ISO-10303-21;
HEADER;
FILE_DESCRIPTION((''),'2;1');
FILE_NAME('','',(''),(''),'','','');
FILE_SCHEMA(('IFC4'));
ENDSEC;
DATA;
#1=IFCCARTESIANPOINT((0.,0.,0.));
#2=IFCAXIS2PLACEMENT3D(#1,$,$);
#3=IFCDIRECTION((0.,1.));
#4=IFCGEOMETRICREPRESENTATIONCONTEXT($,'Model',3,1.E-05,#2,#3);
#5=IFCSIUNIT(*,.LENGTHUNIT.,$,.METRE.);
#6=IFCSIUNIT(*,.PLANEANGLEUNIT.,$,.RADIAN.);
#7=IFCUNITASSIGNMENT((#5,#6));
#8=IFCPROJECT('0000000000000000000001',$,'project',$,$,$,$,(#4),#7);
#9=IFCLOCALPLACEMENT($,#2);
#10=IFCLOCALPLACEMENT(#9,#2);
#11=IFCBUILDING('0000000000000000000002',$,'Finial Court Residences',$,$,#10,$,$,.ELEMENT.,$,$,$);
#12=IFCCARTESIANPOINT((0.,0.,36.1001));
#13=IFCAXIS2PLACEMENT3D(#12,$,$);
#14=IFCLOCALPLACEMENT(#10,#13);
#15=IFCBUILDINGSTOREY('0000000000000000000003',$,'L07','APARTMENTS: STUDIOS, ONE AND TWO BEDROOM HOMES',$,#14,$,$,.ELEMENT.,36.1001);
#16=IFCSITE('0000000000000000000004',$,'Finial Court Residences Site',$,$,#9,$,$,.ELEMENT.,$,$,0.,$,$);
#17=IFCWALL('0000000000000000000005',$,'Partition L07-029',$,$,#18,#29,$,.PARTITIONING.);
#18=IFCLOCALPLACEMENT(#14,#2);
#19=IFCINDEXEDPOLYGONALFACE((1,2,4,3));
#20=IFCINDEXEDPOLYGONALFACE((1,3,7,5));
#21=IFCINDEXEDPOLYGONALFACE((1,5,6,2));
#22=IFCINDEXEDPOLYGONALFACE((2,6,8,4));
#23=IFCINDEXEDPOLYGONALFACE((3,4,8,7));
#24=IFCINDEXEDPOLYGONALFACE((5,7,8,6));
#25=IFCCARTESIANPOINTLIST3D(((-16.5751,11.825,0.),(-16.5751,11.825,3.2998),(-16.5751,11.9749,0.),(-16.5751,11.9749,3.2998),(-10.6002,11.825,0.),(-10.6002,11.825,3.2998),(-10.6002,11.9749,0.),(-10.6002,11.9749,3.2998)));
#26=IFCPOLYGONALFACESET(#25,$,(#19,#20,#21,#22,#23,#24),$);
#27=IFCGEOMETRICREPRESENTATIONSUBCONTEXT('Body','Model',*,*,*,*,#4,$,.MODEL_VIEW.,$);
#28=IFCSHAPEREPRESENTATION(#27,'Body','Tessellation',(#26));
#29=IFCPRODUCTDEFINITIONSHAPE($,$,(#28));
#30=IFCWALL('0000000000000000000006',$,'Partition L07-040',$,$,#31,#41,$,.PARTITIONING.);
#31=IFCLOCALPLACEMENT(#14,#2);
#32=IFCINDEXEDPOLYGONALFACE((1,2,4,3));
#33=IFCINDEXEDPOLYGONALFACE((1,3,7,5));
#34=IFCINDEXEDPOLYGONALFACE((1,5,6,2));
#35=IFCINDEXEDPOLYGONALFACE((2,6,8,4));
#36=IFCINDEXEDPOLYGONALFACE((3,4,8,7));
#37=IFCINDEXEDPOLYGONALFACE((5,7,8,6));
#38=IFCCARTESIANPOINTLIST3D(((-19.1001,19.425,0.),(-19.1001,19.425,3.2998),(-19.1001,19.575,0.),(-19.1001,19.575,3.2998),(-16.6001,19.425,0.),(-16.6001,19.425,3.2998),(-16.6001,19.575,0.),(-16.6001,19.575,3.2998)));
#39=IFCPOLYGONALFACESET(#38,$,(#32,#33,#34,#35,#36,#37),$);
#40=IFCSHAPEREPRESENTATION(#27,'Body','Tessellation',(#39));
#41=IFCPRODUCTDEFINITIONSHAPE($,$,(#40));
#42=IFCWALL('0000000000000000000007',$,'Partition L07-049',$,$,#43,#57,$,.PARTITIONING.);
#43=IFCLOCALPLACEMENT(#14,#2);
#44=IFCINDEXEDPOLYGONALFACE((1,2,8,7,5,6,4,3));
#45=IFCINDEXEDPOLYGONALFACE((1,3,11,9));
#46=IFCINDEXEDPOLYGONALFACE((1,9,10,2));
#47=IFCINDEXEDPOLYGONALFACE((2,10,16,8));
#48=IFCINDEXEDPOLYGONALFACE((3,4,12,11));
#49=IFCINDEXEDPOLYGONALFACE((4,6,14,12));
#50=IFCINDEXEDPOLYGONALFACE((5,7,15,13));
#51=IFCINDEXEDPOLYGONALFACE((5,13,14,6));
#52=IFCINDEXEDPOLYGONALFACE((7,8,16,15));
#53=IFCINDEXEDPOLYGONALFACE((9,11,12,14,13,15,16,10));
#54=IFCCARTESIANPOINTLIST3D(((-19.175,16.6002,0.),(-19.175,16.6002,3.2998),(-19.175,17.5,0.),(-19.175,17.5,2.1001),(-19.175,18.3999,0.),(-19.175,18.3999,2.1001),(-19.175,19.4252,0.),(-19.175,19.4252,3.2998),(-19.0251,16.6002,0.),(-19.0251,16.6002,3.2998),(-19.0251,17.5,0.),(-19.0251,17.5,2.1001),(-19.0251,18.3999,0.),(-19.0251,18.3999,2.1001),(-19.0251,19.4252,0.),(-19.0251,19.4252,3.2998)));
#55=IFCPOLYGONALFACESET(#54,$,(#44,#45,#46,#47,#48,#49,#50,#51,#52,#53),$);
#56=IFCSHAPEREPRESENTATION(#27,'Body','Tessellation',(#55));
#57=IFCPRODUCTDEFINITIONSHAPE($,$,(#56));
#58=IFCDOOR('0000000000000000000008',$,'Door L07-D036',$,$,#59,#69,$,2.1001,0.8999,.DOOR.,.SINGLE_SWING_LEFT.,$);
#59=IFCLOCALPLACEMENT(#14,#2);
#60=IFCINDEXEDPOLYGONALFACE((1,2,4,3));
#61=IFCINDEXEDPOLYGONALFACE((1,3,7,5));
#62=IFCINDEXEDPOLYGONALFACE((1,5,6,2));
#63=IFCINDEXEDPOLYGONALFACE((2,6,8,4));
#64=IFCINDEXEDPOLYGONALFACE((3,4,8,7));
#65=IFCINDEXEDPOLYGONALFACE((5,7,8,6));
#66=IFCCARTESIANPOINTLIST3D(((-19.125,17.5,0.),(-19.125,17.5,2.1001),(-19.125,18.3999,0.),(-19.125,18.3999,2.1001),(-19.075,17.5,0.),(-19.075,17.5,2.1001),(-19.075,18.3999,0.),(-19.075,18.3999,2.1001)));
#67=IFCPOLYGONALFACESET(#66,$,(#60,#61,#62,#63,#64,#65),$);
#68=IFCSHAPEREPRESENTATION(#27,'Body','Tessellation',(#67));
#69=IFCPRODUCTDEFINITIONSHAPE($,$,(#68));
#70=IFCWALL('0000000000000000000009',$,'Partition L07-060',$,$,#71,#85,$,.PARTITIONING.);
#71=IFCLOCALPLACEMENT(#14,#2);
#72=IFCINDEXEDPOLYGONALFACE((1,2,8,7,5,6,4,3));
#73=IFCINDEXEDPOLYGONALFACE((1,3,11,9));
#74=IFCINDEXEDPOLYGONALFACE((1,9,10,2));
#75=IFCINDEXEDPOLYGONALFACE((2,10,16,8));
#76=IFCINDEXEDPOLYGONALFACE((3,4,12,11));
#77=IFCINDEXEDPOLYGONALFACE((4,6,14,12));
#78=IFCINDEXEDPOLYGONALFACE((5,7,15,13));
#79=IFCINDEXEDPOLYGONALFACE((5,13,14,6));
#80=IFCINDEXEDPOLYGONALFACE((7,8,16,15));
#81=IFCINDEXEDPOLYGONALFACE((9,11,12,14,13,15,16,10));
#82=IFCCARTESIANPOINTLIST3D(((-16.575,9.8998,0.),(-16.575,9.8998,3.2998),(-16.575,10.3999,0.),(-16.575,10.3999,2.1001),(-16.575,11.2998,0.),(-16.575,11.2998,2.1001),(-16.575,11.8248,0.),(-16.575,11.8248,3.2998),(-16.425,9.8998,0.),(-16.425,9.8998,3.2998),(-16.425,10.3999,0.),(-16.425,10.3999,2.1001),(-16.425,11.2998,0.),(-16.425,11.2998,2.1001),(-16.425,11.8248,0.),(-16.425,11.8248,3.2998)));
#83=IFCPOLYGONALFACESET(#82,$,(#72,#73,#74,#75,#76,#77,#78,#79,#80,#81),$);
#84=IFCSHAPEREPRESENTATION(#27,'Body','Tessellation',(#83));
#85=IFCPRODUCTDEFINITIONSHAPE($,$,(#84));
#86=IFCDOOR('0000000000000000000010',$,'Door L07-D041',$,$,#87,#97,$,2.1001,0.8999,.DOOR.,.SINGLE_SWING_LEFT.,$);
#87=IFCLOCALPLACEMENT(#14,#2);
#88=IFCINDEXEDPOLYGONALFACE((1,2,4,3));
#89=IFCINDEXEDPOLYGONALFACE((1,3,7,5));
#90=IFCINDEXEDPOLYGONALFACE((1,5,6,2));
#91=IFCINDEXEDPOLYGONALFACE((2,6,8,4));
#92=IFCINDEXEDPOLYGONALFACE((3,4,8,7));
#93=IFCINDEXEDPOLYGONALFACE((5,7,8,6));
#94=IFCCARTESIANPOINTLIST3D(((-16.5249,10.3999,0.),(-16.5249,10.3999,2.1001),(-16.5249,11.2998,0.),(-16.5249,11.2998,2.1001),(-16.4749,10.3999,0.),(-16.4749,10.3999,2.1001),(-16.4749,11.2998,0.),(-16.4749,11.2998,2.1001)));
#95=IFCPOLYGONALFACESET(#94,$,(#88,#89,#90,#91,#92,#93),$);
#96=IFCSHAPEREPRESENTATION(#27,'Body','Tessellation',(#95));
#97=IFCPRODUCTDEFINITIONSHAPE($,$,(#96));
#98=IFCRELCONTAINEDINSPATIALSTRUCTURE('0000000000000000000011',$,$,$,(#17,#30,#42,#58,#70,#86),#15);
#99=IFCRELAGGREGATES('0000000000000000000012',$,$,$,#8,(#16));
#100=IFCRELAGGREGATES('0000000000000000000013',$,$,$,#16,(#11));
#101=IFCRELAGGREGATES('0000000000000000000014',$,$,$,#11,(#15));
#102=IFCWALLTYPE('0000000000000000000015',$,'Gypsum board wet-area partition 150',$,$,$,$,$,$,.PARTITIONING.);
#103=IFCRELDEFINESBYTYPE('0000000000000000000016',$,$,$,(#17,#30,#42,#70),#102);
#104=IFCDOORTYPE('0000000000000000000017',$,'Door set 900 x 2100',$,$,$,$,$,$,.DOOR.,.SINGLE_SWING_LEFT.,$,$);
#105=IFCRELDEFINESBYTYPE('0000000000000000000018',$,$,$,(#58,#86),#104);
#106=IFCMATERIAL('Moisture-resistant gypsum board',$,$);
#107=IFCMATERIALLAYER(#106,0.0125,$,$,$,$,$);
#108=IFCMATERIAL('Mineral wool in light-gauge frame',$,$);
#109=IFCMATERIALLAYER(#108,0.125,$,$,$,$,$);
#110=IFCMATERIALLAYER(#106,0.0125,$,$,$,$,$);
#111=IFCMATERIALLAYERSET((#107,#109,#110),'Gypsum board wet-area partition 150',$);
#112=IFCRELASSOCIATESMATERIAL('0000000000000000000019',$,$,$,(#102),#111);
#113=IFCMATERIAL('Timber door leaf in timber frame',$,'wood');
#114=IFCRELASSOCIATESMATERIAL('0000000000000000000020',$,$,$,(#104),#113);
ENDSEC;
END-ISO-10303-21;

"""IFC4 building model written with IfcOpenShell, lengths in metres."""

from ifc_helpers import new_model, si_unit, direction, frame, frame_2d, origin, place, context, subcontext, project, spatial, rectangle, extrude, material, layer, layer_set, type_object, element, fill, save


model = new_model("IFC4")

# Units and contexts
model_context = context("Model", 3, precision=1e-05, world=origin(), true_north=direction((0.0, 1.0)))
body_context = subcontext(model_context, "Body", "Model", "MODEL_VIEW")
ifc_project = project(units=[si_unit("LENGTHUNIT", "METRE"), si_unit("PLANEANGLEUNIT", "RADIAN")], contexts=[model_context])

# Site, building, storey
site_placement = place(None, origin())
site = spatial("IfcSite", under=ifc_project, at=site_placement, Name="Finial Court Residences Site", CompositionType="ELEMENT", RefElevation=0.0)
building_placement = place(site_placement, origin())
building = spatial("IfcBuilding", under=site, at=building_placement, Name="Finial Court Residences", CompositionType="ELEMENT")
storey_placement = place(building_placement, frame((0.0, 0.0, 36.1001)))
storey = spatial("IfcBuildingStorey", under=building, at=storey_placement, Name="L07", Description="APARTMENTS: STUDIOS, ONE AND TWO BEDROOM HOMES", CompositionType="ELEMENT", Elevation=36.1001)

# Shared definitions
ifc_material_1 = material(Name="Mineral wool in light-gauge frame")

# Shared definitions
ifc_material_2 = material(Name="Moisture-resistant gypsum board")
ifc_layer_1 = layer(ifc_material_2, 0.0125)
ifc_layer_2 = layer(ifc_material_1, 0.125)
ifc_layer_3 = layer(ifc_material_2, 0.0125)
ifc_layer_set_1 = layer_set([ifc_layer_1, ifc_layer_2, ifc_layer_3], Name="Gypsum board wet-area partition 150")
wall_type_1 = type_object("IfcWallType", Name="Gypsum board wet-area partition 150", PredefinedType="PARTITIONING", material=ifc_layer_set_1)
ifc_material_3 = material(Name="Timber door leaf in timber frame", Category="wood")
door_type = type_object("IfcDoorType", Name="Door set 900 x 2100", OperationType="SINGLE_SWING_LEFT", PredefinedType="DOOR", material=ifc_material_3)

# Walls
wall_1_placement = place(storey_placement, frame((-16.575, 11.8999, 0.0), z_axis=(0.0, 0.0, 1.0), x_axis=(1.0, 0.0, 0.0)))
element("IfcWall", 1, at=wall_1_placement, inside=storey, type_object=wall_type_1, Name="Partition L07-029", PredefinedType="PARTITIONING", context=body_context, shape_type="SweptSolid", body=[
    extrude(rectangle(XDim=5.9749, YDim=0.1499, at=frame_2d((2.9873, 0.0))), origin(), (0.0, 0.0, 1.0), 3.2998),
])
wall_2_placement = place(storey_placement, frame((-19.1001, 19.5, 0.0), z_axis=(0.0, 0.0, 1.0), x_axis=(1.0, 0.0, 0.0)))
element("IfcWall", 2, at=wall_2_placement, inside=storey, type_object=wall_type_1, Name="Partition L07-040", PredefinedType="PARTITIONING", context=body_context, shape_type="SweptSolid", body=[
    extrude(rectangle(XDim=2.5, YDim=0.1499, at=frame_2d((1.25, 0.0))), origin(), (0.0, 0.0, 1.0), 3.2998),
])

# Walls, openings, doors
wall_3_placement = place(storey_placement, frame((-19.1001, 16.6001, 0.0), z_axis=(0.0, 0.0, 1.0), x_axis=(0.0, 1.0, 0.0)))
wall_3 = element("IfcWall", 3, at=wall_3_placement, inside=storey, type_object=wall_type_1, Name="Partition L07-049", PredefinedType="PARTITIONING", context=body_context, shape_type="SweptSolid", body=[
    extrude(rectangle(XDim=2.825, YDim=0.1499, at=frame_2d((1.4126, 0.0))), origin(), (0.0, 0.0, 1.0), 3.2998),
])
opening_1_placement = place(wall_3_placement, frame((0.8999, 0.0, 0.0)))
opening_1 = element("IfcOpeningElement", 4, at=opening_1_placement, cuts=wall_3, PredefinedType="OPENING", context=body_context, shape_type="SweptSolid", body=[
    extrude(rectangle(XDim=0.8999, YDim=2.1001, at=frame_2d((0.45, 1.05))), frame((0.0, 0.085, 0.0), z_axis=(0.0, -1.0, 0.0), x_axis=(1.0, 0.0, 0.0)), (0.0, 0.0, 1.0), 0.1699),
])
door_1_placement = place(opening_1_placement, origin())
door_1 = element("IfcDoor", 5, at=door_1_placement, inside=storey, type_object=door_type, Name="Door L07-D036", OperationType="SINGLE_SWING_LEFT", OverallHeight=2.1001, OverallWidth=0.8999, PredefinedType="DOOR", context=body_context, shape_type="SweptSolid", body=[
    extrude(rectangle(XDim=0.8999, YDim=2.1001, at=frame_2d((0.45, 1.05))), frame((0.0, 0.0249, 0.0), z_axis=(0.0, -1.0, 0.0), x_axis=(1.0, 0.0, 0.0)), (0.0, 0.0, 1.0), 0.05),
])
fill(opening_1, door_1)
wall_4_placement = place(storey_placement, frame((-16.5, 9.8999, 0.0), z_axis=(0.0, 0.0, 1.0), x_axis=(0.0, 1.0, 0.0)))
wall_4 = element("IfcWall", 6, at=wall_4_placement, inside=storey, type_object=wall_type_1, Name="Partition L07-060", PredefinedType="PARTITIONING", context=body_context, shape_type="SweptSolid", body=[
    extrude(rectangle(XDim=1.925, YDim=0.1499, at=frame_2d((0.9624, 0.0))), origin(), (0.0, 0.0, 1.0), 3.2998),
])
opening_2_placement = place(wall_4_placement, frame((0.5, 0.0, 0.0)))
opening_2 = element("IfcOpeningElement", 7, at=opening_2_placement, cuts=wall_4, PredefinedType="OPENING", context=body_context, shape_type="SweptSolid", body=[
    extrude(rectangle(XDim=0.8999, YDim=2.1001, at=frame_2d((0.45, 1.05))), frame((0.0, 0.085, 0.0), z_axis=(0.0, -1.0, 0.0), x_axis=(1.0, 0.0, 0.0)), (0.0, 0.0, 1.0), 0.1699),
])
door_2_placement = place(opening_2_placement, origin())
door_2 = element("IfcDoor", 8, at=door_2_placement, inside=storey, type_object=door_type, Name="Door L07-D041", OperationType="SINGLE_SWING_LEFT", OverallHeight=2.1001, OverallWidth=0.8999, PredefinedType="DOOR", context=body_context, shape_type="SweptSolid", body=[
    extrude(rectangle(XDim=0.8999, YDim=2.1001, at=frame_2d((0.45, 1.05))), frame((0.0, 0.0249, 0.0), z_axis=(0.0, -1.0, 0.0), x_axis=(1.0, 0.0, 0.0)), (0.0, 0.0, 1.0), 0.05),
])
fill(opening_2, door_2)

save(model, "model.ifc")
